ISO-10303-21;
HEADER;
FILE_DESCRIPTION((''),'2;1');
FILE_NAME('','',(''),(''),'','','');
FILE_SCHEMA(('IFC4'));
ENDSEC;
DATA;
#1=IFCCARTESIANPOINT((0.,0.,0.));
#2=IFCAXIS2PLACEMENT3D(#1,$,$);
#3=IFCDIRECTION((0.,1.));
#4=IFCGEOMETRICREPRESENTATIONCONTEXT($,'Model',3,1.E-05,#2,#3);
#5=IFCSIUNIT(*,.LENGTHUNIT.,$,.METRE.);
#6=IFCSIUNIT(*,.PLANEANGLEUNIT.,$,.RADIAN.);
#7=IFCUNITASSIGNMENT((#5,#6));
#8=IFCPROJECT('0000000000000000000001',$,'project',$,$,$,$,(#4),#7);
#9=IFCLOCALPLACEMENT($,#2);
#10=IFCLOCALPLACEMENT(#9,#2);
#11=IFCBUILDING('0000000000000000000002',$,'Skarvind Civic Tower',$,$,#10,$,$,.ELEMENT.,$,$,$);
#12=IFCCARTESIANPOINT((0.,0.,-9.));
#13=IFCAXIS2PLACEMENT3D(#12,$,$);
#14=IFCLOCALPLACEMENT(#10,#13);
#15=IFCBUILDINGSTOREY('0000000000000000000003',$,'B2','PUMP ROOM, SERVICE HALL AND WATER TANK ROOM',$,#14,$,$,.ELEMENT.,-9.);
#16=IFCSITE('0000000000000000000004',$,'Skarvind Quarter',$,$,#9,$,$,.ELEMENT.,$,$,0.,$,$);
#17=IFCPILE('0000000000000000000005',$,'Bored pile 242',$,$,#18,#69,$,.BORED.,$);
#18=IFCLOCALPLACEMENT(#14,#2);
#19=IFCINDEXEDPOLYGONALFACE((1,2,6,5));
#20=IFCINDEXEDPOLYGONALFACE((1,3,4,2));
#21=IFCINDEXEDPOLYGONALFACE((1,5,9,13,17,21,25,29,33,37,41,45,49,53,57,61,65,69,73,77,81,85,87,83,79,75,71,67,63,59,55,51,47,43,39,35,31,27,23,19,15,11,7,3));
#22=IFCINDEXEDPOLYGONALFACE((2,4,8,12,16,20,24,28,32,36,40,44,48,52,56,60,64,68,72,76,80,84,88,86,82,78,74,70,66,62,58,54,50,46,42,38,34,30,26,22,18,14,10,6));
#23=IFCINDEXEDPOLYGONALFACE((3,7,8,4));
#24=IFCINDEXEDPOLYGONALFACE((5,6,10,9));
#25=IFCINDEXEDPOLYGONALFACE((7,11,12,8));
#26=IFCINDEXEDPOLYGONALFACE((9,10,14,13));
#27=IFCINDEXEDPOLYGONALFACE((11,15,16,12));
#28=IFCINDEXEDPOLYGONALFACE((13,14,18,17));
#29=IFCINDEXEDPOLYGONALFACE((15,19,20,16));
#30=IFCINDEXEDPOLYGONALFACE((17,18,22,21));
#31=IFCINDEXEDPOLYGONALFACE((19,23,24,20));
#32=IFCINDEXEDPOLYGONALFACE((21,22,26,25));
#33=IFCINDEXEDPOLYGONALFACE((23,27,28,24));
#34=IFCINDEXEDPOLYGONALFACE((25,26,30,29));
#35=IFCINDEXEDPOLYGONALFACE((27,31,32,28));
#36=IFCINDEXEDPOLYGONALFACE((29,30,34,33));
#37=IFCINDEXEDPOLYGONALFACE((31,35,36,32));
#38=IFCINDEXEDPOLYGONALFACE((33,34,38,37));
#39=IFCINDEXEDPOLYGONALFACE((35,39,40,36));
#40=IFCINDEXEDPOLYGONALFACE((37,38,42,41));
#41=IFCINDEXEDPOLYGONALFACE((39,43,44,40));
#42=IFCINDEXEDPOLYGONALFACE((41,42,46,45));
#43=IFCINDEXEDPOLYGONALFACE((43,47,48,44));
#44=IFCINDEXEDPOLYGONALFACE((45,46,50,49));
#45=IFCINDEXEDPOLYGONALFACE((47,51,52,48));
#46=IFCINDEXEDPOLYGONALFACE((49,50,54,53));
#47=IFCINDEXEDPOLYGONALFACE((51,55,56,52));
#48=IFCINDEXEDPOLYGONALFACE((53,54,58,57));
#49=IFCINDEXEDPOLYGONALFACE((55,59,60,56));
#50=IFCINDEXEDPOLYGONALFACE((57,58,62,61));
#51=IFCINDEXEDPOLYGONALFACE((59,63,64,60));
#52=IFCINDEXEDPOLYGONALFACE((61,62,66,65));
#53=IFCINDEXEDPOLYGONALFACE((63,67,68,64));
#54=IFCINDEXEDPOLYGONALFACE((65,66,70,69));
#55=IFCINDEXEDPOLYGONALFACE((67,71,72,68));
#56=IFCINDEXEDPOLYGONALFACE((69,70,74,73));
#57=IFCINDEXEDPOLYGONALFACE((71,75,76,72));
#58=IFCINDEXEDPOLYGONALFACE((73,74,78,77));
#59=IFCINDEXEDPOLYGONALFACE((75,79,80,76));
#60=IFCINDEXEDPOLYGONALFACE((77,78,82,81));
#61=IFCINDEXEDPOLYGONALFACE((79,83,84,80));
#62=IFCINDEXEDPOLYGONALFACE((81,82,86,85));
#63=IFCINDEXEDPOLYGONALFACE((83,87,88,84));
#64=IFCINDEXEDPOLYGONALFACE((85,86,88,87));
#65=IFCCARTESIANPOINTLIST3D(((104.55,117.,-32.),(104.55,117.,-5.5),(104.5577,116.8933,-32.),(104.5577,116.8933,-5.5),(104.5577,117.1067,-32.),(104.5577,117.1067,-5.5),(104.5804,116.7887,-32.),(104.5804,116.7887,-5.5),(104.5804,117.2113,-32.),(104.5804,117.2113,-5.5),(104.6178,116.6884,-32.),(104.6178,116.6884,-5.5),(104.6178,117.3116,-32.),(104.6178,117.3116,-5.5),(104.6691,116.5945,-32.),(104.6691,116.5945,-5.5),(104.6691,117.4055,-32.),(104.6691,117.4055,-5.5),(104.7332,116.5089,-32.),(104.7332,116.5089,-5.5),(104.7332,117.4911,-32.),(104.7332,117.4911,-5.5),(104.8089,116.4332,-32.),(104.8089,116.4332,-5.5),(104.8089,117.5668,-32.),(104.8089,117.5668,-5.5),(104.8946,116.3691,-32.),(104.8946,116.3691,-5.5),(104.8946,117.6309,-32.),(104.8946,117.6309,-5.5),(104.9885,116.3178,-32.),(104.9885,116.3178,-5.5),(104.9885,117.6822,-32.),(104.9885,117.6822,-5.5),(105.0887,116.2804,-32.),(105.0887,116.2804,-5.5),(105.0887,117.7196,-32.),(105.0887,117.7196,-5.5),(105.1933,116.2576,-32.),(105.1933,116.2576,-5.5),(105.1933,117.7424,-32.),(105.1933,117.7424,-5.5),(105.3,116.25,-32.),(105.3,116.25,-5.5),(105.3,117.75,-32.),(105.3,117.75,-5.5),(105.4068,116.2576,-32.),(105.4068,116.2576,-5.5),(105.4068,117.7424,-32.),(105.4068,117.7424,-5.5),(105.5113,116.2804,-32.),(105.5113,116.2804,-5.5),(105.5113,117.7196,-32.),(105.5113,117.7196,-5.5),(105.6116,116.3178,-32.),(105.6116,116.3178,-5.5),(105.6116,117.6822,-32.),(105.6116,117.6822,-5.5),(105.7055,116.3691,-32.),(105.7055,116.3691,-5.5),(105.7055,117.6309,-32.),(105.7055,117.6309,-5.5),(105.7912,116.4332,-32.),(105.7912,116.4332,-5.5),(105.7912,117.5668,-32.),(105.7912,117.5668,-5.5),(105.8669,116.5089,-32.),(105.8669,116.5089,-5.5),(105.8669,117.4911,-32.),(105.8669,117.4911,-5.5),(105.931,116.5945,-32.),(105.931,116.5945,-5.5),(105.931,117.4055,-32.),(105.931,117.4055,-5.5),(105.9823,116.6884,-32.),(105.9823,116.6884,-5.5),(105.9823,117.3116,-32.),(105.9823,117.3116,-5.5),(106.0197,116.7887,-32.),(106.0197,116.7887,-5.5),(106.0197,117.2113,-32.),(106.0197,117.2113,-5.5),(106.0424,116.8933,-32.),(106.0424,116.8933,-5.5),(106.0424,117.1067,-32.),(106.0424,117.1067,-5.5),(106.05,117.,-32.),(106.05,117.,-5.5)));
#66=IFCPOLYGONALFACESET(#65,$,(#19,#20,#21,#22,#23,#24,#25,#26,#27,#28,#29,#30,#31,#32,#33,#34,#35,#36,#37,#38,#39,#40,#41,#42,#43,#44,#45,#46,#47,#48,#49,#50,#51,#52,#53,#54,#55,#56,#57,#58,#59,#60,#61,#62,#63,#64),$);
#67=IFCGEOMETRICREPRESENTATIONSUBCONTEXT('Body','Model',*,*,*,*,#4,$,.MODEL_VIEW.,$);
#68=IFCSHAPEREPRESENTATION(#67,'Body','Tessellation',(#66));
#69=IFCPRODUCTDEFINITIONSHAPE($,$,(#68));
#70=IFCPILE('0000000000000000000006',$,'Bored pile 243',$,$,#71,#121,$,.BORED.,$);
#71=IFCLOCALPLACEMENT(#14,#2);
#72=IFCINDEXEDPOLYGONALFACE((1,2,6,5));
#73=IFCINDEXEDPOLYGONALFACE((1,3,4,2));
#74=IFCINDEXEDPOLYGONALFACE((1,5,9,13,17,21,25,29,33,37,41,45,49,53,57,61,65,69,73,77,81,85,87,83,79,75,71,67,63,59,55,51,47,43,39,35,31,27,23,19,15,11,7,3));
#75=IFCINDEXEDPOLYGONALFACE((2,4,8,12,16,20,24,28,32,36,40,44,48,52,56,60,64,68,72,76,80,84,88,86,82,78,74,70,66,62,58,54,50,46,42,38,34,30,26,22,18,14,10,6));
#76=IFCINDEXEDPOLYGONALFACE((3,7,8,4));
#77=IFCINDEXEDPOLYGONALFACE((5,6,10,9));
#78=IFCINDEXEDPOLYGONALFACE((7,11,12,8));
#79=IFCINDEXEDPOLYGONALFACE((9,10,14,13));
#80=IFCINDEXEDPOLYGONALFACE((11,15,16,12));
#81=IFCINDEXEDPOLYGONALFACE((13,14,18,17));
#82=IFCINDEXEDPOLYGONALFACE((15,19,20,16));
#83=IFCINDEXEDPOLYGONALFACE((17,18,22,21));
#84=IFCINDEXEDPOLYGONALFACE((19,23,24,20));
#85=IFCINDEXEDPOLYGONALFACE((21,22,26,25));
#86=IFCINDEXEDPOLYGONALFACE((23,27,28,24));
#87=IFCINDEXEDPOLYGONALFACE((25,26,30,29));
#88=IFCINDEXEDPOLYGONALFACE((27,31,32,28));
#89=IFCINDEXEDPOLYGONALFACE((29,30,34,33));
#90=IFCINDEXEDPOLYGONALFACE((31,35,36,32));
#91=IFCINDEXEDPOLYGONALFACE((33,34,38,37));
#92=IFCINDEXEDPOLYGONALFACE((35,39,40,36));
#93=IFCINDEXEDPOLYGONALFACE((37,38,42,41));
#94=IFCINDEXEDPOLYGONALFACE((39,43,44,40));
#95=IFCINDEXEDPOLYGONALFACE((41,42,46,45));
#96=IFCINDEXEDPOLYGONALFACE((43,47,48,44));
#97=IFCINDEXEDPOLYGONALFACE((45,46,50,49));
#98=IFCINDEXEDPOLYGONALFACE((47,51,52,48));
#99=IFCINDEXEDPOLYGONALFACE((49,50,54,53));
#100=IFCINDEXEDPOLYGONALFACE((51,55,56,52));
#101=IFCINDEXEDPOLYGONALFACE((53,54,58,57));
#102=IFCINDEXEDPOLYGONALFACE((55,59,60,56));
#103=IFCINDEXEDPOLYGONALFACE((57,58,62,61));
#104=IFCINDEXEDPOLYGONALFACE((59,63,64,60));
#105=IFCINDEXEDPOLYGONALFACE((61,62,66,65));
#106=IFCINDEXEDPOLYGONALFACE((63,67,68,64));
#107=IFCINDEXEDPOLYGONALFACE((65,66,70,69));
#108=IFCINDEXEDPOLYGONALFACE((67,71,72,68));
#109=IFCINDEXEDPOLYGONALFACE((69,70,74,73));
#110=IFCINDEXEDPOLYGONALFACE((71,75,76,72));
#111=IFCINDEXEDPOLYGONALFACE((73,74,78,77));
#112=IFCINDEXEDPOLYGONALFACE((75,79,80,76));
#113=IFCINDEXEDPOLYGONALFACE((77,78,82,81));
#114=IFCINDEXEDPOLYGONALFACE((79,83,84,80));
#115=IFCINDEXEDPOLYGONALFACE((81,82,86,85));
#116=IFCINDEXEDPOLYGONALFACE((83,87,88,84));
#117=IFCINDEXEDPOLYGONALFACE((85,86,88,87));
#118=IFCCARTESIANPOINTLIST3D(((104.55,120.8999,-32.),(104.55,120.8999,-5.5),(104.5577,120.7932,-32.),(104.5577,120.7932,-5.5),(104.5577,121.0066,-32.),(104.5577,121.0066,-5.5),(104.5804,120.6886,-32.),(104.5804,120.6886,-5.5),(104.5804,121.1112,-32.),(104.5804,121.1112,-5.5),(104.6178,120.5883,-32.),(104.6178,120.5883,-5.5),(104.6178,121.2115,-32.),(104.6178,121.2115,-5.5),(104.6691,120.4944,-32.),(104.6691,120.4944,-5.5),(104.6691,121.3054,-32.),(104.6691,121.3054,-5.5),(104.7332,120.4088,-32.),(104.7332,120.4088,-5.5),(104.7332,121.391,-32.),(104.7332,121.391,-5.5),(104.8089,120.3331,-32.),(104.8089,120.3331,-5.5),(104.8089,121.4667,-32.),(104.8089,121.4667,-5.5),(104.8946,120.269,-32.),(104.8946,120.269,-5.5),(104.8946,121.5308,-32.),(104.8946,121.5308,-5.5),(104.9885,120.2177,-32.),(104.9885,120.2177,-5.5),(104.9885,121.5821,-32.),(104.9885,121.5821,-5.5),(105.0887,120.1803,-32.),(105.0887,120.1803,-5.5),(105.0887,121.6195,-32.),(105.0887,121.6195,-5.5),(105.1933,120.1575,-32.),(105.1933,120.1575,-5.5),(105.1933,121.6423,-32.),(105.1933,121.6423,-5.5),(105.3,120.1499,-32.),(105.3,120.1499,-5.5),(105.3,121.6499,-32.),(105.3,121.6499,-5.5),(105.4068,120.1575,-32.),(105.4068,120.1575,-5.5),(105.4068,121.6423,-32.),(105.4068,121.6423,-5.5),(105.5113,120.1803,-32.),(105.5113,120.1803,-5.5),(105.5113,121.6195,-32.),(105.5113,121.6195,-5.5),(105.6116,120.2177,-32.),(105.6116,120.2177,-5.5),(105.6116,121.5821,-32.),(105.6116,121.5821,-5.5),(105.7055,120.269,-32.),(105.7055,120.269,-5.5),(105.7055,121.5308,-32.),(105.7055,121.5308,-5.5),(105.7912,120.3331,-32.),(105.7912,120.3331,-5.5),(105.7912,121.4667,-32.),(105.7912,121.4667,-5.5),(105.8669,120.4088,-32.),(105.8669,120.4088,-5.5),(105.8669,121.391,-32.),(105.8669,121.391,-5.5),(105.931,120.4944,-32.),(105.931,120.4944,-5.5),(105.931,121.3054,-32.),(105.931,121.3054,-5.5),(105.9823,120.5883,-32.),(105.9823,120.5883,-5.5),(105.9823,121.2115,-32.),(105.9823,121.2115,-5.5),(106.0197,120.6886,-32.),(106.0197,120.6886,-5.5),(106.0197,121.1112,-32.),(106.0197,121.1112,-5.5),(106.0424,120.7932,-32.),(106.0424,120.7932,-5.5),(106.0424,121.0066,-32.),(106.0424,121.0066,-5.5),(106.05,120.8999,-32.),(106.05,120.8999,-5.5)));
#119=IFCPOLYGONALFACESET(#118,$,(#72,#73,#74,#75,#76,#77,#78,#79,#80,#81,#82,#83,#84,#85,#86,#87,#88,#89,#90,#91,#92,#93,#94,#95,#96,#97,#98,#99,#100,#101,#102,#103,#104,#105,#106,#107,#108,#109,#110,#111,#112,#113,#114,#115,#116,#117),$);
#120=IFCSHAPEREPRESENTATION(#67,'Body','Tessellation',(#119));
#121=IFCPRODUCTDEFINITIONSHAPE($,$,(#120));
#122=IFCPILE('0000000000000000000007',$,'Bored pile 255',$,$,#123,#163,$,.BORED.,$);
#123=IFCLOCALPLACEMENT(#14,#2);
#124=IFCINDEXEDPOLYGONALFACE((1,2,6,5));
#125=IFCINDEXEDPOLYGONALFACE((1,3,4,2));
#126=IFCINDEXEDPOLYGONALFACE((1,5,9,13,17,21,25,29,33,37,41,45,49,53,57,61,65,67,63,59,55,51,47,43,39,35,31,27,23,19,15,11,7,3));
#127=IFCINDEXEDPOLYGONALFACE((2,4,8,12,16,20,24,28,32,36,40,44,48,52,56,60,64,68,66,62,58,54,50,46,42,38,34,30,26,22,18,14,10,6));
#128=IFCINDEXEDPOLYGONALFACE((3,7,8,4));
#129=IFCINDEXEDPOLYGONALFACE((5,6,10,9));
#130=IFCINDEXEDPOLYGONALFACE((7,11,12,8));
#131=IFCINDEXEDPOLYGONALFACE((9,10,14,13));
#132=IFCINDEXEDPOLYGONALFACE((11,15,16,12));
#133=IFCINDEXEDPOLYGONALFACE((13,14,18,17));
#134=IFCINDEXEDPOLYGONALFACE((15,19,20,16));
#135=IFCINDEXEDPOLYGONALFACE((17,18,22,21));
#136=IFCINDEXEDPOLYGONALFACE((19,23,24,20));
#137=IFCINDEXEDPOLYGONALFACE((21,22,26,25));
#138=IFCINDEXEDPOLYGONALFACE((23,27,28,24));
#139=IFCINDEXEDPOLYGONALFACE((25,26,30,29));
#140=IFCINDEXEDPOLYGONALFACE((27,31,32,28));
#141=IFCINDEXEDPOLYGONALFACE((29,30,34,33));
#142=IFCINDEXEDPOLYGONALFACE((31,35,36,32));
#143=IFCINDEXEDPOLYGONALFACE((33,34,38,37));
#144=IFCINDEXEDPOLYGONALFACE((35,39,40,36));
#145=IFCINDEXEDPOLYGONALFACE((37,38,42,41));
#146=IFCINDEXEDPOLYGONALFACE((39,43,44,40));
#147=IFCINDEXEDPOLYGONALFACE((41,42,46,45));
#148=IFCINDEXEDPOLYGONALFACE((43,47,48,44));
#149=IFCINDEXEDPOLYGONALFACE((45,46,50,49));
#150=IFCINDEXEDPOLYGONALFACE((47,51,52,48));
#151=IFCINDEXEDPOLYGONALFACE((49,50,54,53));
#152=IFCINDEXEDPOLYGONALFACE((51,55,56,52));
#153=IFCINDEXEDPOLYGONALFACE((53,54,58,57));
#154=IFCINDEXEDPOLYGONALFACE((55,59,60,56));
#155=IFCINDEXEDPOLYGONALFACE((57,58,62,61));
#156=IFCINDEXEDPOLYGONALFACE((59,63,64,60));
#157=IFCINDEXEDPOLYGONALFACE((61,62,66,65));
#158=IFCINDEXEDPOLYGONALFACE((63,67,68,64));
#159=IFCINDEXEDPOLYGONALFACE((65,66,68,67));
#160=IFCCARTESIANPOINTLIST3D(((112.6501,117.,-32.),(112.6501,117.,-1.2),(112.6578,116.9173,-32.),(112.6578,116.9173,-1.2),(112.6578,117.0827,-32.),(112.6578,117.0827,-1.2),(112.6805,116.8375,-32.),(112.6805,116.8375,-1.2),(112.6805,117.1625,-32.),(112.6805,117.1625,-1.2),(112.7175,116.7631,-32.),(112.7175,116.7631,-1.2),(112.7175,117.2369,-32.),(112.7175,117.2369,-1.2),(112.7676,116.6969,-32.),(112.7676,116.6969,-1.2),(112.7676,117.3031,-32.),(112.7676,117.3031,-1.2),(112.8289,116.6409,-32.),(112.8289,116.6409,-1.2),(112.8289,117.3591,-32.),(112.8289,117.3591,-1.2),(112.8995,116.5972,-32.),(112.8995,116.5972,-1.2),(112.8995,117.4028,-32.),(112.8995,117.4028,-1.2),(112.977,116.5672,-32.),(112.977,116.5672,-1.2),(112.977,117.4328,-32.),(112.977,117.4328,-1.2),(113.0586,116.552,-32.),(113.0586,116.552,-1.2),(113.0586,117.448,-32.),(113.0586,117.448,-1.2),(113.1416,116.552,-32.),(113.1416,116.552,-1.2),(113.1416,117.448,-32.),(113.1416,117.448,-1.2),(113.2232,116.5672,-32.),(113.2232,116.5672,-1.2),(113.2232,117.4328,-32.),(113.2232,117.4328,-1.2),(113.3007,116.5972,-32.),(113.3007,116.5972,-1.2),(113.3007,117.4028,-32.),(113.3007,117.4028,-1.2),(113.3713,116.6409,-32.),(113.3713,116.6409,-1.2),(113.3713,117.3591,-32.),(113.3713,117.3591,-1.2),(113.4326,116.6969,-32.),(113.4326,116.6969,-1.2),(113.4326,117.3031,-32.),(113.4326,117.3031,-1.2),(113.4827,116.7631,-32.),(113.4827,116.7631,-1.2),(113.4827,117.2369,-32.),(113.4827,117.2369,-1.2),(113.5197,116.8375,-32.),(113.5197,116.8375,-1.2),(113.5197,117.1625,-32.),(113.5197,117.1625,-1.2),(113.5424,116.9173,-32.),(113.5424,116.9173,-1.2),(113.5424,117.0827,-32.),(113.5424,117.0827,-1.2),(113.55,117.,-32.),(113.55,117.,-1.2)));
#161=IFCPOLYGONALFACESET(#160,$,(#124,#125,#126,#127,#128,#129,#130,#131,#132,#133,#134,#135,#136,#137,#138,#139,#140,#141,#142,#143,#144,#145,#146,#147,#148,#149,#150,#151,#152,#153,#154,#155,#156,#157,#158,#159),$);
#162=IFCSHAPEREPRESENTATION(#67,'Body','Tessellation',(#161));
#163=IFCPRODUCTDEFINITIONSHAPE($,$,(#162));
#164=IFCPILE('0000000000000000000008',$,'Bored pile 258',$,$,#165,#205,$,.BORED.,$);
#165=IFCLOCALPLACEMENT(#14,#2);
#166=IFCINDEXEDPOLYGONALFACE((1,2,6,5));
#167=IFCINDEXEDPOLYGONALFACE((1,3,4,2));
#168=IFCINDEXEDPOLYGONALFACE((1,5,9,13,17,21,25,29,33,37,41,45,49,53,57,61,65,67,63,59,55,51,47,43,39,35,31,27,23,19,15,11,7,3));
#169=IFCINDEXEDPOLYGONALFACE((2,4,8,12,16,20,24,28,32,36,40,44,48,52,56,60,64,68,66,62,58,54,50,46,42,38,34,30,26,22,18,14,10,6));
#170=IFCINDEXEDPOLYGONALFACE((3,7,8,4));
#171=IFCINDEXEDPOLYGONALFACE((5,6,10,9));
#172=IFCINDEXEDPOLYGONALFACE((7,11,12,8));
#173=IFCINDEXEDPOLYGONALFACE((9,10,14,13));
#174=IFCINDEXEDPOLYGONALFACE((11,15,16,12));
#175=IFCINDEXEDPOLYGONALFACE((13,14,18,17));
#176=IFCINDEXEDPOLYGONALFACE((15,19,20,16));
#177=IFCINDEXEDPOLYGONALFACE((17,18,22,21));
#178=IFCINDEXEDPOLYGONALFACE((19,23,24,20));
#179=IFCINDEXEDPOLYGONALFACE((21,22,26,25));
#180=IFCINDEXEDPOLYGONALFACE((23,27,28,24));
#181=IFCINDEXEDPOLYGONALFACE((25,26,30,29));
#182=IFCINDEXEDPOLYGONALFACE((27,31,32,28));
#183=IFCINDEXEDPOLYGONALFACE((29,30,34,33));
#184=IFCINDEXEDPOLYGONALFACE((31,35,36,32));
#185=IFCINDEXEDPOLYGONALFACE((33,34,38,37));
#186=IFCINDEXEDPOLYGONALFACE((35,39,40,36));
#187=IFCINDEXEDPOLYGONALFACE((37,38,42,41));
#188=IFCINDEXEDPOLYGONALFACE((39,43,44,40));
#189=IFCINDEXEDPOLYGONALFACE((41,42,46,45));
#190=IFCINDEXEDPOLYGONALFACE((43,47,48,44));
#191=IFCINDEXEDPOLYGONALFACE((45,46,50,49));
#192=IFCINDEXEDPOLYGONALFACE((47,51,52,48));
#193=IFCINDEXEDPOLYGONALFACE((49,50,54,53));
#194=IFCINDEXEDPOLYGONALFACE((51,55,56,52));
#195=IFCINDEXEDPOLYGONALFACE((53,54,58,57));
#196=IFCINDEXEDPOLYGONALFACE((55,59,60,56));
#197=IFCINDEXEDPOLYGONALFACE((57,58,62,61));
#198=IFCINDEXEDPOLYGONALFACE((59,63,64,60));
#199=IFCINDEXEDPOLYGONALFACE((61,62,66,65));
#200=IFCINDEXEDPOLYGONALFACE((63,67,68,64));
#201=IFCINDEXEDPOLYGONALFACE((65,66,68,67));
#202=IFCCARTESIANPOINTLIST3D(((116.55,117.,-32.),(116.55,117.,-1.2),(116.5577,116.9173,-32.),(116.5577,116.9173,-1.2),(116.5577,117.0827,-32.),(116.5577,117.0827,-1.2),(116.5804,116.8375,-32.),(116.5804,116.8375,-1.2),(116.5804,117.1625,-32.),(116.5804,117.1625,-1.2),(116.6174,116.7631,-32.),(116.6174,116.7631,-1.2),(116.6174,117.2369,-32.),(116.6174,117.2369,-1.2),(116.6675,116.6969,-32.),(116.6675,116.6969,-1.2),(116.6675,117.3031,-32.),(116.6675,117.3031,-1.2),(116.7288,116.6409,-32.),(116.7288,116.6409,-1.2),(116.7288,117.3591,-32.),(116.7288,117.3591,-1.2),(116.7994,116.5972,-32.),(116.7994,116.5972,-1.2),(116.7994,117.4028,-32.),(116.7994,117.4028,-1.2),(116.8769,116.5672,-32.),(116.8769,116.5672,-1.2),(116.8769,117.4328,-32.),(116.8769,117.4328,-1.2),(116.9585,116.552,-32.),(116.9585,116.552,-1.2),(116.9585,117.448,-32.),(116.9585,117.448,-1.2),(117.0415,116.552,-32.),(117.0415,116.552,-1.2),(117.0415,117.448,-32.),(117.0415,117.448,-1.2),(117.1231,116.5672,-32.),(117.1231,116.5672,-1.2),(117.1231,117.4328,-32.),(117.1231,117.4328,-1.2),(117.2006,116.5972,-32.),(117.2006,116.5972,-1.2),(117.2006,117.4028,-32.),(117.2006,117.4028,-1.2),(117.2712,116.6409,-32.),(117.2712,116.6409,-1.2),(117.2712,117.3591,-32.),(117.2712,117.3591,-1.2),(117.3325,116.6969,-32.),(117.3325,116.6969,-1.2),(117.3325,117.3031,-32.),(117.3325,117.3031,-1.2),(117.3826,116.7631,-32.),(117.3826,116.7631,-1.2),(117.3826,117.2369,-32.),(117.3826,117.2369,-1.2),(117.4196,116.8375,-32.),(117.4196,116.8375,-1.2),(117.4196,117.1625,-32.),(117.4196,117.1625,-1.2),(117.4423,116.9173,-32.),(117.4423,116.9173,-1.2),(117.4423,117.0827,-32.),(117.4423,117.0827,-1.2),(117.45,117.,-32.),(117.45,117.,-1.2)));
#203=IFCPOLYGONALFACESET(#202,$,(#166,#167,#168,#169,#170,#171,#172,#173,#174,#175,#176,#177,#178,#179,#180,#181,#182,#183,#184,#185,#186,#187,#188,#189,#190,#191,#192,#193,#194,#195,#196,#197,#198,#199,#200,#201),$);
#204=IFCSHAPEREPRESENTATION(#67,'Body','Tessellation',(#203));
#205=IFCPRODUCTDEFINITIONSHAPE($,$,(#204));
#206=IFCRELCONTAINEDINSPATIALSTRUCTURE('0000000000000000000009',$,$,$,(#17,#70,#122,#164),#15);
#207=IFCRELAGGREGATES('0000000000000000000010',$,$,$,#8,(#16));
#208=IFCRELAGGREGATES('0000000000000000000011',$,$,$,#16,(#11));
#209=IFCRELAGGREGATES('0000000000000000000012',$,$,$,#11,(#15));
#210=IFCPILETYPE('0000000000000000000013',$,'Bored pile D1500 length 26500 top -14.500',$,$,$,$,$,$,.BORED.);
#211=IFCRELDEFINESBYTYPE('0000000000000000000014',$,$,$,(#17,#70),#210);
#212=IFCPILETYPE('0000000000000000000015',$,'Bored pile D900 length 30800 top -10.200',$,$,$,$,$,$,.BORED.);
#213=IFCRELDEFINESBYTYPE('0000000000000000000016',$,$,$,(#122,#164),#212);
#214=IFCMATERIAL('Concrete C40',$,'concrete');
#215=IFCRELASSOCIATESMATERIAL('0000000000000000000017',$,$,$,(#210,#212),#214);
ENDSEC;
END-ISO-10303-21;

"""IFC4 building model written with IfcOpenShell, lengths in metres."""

from ifc_helpers import new_model, si_unit, direction, frame, origin, origin_2d, place, context, subcontext, project, spatial, circle, extrude, material, type_object, element, save


model = new_model("IFC4")

# Units and contexts
model_context = context("Model", 3, precision=1e-05, world=origin(), true_north=direction((0.0, 1.0)))
body_context = subcontext(model_context, "Body", "Model", "MODEL_VIEW")
ifc_project = project(units=[si_unit("LENGTHUNIT", "METRE"), si_unit("PLANEANGLEUNIT", "RADIAN")], contexts=[model_context])

# Site, building, storey
site_placement = place(None, origin())
site = spatial("IfcSite", under=ifc_project, at=site_placement, Name="Skarvind Quarter", CompositionType="ELEMENT", RefElevation=0.0)
building_placement = place(site_placement, origin())
building = spatial("IfcBuilding", under=site, at=building_placement, Name="Skarvind Civic Tower", CompositionType="ELEMENT")
storey_placement = place(building_placement, frame((0.0, 0.0, -9.0)))
storey = spatial("IfcBuildingStorey", under=building, at=storey_placement, Name="B2", Description="PUMP ROOM, SERVICE HALL AND WATER TANK ROOM", CompositionType="ELEMENT", Elevation=-9.0)

# Piles
ifc_material_1 = material(Name="Concrete C40", Category="concrete")
pile_type_1 = type_object("IfcPileType", Name="Bored pile D1500 length 26500 top -14.500", PredefinedType="BORED", material=ifc_material_1)
for number, where, z_axis, x_axis, name in (
    (1, (105.3, 117.0, -5.5), (0.0, 0.0, -1.0), (1.0, 0.0, 0.0), "Bored pile 242"),
    (2, (105.3, 120.8999, -5.5), (0.0, 0.0, -1.0), (1.0, 0.0, 0.0), "Bored pile 243"),
):
    element("IfcPile", number, at=place(storey_placement, frame(where, z_axis=z_axis, x_axis=x_axis)), inside=storey, type_object=pile_type_1, Name=name, PredefinedType="BORED", context=body_context, shape_type="SweptSolid", body=[
        extrude(circle(Radius=0.75, at=origin_2d()), origin(), (0.0, 0.0, 1.0), 26.5),
    ])
pile_type_2 = type_object("IfcPileType", Name="Bored pile D900 length 30800 top -10.200", PredefinedType="BORED", material=ifc_material_1)
for number, where, z_axis, x_axis, name in (
    (3, (113.1001, 117.0, -1.2), (0.0, 0.0, -1.0), (1.0, 0.0, 0.0), "Bored pile 255"),
    (4, (117.0, 117.0, -1.2), (0.0, 0.0, -1.0), (1.0, 0.0, 0.0), "Bored pile 258"),
):
    element("IfcPile", number, at=place(storey_placement, frame(where, z_axis=z_axis, x_axis=x_axis)), inside=storey, type_object=pile_type_2, Name=name, PredefinedType="BORED", context=body_context, shape_type="SweptSolid", body=[
        extrude(circle(Radius=0.45, at=origin_2d()), origin(), (0.0, 0.0, 1.0), 30.8),
    ])

save(model, "model.ifc")
